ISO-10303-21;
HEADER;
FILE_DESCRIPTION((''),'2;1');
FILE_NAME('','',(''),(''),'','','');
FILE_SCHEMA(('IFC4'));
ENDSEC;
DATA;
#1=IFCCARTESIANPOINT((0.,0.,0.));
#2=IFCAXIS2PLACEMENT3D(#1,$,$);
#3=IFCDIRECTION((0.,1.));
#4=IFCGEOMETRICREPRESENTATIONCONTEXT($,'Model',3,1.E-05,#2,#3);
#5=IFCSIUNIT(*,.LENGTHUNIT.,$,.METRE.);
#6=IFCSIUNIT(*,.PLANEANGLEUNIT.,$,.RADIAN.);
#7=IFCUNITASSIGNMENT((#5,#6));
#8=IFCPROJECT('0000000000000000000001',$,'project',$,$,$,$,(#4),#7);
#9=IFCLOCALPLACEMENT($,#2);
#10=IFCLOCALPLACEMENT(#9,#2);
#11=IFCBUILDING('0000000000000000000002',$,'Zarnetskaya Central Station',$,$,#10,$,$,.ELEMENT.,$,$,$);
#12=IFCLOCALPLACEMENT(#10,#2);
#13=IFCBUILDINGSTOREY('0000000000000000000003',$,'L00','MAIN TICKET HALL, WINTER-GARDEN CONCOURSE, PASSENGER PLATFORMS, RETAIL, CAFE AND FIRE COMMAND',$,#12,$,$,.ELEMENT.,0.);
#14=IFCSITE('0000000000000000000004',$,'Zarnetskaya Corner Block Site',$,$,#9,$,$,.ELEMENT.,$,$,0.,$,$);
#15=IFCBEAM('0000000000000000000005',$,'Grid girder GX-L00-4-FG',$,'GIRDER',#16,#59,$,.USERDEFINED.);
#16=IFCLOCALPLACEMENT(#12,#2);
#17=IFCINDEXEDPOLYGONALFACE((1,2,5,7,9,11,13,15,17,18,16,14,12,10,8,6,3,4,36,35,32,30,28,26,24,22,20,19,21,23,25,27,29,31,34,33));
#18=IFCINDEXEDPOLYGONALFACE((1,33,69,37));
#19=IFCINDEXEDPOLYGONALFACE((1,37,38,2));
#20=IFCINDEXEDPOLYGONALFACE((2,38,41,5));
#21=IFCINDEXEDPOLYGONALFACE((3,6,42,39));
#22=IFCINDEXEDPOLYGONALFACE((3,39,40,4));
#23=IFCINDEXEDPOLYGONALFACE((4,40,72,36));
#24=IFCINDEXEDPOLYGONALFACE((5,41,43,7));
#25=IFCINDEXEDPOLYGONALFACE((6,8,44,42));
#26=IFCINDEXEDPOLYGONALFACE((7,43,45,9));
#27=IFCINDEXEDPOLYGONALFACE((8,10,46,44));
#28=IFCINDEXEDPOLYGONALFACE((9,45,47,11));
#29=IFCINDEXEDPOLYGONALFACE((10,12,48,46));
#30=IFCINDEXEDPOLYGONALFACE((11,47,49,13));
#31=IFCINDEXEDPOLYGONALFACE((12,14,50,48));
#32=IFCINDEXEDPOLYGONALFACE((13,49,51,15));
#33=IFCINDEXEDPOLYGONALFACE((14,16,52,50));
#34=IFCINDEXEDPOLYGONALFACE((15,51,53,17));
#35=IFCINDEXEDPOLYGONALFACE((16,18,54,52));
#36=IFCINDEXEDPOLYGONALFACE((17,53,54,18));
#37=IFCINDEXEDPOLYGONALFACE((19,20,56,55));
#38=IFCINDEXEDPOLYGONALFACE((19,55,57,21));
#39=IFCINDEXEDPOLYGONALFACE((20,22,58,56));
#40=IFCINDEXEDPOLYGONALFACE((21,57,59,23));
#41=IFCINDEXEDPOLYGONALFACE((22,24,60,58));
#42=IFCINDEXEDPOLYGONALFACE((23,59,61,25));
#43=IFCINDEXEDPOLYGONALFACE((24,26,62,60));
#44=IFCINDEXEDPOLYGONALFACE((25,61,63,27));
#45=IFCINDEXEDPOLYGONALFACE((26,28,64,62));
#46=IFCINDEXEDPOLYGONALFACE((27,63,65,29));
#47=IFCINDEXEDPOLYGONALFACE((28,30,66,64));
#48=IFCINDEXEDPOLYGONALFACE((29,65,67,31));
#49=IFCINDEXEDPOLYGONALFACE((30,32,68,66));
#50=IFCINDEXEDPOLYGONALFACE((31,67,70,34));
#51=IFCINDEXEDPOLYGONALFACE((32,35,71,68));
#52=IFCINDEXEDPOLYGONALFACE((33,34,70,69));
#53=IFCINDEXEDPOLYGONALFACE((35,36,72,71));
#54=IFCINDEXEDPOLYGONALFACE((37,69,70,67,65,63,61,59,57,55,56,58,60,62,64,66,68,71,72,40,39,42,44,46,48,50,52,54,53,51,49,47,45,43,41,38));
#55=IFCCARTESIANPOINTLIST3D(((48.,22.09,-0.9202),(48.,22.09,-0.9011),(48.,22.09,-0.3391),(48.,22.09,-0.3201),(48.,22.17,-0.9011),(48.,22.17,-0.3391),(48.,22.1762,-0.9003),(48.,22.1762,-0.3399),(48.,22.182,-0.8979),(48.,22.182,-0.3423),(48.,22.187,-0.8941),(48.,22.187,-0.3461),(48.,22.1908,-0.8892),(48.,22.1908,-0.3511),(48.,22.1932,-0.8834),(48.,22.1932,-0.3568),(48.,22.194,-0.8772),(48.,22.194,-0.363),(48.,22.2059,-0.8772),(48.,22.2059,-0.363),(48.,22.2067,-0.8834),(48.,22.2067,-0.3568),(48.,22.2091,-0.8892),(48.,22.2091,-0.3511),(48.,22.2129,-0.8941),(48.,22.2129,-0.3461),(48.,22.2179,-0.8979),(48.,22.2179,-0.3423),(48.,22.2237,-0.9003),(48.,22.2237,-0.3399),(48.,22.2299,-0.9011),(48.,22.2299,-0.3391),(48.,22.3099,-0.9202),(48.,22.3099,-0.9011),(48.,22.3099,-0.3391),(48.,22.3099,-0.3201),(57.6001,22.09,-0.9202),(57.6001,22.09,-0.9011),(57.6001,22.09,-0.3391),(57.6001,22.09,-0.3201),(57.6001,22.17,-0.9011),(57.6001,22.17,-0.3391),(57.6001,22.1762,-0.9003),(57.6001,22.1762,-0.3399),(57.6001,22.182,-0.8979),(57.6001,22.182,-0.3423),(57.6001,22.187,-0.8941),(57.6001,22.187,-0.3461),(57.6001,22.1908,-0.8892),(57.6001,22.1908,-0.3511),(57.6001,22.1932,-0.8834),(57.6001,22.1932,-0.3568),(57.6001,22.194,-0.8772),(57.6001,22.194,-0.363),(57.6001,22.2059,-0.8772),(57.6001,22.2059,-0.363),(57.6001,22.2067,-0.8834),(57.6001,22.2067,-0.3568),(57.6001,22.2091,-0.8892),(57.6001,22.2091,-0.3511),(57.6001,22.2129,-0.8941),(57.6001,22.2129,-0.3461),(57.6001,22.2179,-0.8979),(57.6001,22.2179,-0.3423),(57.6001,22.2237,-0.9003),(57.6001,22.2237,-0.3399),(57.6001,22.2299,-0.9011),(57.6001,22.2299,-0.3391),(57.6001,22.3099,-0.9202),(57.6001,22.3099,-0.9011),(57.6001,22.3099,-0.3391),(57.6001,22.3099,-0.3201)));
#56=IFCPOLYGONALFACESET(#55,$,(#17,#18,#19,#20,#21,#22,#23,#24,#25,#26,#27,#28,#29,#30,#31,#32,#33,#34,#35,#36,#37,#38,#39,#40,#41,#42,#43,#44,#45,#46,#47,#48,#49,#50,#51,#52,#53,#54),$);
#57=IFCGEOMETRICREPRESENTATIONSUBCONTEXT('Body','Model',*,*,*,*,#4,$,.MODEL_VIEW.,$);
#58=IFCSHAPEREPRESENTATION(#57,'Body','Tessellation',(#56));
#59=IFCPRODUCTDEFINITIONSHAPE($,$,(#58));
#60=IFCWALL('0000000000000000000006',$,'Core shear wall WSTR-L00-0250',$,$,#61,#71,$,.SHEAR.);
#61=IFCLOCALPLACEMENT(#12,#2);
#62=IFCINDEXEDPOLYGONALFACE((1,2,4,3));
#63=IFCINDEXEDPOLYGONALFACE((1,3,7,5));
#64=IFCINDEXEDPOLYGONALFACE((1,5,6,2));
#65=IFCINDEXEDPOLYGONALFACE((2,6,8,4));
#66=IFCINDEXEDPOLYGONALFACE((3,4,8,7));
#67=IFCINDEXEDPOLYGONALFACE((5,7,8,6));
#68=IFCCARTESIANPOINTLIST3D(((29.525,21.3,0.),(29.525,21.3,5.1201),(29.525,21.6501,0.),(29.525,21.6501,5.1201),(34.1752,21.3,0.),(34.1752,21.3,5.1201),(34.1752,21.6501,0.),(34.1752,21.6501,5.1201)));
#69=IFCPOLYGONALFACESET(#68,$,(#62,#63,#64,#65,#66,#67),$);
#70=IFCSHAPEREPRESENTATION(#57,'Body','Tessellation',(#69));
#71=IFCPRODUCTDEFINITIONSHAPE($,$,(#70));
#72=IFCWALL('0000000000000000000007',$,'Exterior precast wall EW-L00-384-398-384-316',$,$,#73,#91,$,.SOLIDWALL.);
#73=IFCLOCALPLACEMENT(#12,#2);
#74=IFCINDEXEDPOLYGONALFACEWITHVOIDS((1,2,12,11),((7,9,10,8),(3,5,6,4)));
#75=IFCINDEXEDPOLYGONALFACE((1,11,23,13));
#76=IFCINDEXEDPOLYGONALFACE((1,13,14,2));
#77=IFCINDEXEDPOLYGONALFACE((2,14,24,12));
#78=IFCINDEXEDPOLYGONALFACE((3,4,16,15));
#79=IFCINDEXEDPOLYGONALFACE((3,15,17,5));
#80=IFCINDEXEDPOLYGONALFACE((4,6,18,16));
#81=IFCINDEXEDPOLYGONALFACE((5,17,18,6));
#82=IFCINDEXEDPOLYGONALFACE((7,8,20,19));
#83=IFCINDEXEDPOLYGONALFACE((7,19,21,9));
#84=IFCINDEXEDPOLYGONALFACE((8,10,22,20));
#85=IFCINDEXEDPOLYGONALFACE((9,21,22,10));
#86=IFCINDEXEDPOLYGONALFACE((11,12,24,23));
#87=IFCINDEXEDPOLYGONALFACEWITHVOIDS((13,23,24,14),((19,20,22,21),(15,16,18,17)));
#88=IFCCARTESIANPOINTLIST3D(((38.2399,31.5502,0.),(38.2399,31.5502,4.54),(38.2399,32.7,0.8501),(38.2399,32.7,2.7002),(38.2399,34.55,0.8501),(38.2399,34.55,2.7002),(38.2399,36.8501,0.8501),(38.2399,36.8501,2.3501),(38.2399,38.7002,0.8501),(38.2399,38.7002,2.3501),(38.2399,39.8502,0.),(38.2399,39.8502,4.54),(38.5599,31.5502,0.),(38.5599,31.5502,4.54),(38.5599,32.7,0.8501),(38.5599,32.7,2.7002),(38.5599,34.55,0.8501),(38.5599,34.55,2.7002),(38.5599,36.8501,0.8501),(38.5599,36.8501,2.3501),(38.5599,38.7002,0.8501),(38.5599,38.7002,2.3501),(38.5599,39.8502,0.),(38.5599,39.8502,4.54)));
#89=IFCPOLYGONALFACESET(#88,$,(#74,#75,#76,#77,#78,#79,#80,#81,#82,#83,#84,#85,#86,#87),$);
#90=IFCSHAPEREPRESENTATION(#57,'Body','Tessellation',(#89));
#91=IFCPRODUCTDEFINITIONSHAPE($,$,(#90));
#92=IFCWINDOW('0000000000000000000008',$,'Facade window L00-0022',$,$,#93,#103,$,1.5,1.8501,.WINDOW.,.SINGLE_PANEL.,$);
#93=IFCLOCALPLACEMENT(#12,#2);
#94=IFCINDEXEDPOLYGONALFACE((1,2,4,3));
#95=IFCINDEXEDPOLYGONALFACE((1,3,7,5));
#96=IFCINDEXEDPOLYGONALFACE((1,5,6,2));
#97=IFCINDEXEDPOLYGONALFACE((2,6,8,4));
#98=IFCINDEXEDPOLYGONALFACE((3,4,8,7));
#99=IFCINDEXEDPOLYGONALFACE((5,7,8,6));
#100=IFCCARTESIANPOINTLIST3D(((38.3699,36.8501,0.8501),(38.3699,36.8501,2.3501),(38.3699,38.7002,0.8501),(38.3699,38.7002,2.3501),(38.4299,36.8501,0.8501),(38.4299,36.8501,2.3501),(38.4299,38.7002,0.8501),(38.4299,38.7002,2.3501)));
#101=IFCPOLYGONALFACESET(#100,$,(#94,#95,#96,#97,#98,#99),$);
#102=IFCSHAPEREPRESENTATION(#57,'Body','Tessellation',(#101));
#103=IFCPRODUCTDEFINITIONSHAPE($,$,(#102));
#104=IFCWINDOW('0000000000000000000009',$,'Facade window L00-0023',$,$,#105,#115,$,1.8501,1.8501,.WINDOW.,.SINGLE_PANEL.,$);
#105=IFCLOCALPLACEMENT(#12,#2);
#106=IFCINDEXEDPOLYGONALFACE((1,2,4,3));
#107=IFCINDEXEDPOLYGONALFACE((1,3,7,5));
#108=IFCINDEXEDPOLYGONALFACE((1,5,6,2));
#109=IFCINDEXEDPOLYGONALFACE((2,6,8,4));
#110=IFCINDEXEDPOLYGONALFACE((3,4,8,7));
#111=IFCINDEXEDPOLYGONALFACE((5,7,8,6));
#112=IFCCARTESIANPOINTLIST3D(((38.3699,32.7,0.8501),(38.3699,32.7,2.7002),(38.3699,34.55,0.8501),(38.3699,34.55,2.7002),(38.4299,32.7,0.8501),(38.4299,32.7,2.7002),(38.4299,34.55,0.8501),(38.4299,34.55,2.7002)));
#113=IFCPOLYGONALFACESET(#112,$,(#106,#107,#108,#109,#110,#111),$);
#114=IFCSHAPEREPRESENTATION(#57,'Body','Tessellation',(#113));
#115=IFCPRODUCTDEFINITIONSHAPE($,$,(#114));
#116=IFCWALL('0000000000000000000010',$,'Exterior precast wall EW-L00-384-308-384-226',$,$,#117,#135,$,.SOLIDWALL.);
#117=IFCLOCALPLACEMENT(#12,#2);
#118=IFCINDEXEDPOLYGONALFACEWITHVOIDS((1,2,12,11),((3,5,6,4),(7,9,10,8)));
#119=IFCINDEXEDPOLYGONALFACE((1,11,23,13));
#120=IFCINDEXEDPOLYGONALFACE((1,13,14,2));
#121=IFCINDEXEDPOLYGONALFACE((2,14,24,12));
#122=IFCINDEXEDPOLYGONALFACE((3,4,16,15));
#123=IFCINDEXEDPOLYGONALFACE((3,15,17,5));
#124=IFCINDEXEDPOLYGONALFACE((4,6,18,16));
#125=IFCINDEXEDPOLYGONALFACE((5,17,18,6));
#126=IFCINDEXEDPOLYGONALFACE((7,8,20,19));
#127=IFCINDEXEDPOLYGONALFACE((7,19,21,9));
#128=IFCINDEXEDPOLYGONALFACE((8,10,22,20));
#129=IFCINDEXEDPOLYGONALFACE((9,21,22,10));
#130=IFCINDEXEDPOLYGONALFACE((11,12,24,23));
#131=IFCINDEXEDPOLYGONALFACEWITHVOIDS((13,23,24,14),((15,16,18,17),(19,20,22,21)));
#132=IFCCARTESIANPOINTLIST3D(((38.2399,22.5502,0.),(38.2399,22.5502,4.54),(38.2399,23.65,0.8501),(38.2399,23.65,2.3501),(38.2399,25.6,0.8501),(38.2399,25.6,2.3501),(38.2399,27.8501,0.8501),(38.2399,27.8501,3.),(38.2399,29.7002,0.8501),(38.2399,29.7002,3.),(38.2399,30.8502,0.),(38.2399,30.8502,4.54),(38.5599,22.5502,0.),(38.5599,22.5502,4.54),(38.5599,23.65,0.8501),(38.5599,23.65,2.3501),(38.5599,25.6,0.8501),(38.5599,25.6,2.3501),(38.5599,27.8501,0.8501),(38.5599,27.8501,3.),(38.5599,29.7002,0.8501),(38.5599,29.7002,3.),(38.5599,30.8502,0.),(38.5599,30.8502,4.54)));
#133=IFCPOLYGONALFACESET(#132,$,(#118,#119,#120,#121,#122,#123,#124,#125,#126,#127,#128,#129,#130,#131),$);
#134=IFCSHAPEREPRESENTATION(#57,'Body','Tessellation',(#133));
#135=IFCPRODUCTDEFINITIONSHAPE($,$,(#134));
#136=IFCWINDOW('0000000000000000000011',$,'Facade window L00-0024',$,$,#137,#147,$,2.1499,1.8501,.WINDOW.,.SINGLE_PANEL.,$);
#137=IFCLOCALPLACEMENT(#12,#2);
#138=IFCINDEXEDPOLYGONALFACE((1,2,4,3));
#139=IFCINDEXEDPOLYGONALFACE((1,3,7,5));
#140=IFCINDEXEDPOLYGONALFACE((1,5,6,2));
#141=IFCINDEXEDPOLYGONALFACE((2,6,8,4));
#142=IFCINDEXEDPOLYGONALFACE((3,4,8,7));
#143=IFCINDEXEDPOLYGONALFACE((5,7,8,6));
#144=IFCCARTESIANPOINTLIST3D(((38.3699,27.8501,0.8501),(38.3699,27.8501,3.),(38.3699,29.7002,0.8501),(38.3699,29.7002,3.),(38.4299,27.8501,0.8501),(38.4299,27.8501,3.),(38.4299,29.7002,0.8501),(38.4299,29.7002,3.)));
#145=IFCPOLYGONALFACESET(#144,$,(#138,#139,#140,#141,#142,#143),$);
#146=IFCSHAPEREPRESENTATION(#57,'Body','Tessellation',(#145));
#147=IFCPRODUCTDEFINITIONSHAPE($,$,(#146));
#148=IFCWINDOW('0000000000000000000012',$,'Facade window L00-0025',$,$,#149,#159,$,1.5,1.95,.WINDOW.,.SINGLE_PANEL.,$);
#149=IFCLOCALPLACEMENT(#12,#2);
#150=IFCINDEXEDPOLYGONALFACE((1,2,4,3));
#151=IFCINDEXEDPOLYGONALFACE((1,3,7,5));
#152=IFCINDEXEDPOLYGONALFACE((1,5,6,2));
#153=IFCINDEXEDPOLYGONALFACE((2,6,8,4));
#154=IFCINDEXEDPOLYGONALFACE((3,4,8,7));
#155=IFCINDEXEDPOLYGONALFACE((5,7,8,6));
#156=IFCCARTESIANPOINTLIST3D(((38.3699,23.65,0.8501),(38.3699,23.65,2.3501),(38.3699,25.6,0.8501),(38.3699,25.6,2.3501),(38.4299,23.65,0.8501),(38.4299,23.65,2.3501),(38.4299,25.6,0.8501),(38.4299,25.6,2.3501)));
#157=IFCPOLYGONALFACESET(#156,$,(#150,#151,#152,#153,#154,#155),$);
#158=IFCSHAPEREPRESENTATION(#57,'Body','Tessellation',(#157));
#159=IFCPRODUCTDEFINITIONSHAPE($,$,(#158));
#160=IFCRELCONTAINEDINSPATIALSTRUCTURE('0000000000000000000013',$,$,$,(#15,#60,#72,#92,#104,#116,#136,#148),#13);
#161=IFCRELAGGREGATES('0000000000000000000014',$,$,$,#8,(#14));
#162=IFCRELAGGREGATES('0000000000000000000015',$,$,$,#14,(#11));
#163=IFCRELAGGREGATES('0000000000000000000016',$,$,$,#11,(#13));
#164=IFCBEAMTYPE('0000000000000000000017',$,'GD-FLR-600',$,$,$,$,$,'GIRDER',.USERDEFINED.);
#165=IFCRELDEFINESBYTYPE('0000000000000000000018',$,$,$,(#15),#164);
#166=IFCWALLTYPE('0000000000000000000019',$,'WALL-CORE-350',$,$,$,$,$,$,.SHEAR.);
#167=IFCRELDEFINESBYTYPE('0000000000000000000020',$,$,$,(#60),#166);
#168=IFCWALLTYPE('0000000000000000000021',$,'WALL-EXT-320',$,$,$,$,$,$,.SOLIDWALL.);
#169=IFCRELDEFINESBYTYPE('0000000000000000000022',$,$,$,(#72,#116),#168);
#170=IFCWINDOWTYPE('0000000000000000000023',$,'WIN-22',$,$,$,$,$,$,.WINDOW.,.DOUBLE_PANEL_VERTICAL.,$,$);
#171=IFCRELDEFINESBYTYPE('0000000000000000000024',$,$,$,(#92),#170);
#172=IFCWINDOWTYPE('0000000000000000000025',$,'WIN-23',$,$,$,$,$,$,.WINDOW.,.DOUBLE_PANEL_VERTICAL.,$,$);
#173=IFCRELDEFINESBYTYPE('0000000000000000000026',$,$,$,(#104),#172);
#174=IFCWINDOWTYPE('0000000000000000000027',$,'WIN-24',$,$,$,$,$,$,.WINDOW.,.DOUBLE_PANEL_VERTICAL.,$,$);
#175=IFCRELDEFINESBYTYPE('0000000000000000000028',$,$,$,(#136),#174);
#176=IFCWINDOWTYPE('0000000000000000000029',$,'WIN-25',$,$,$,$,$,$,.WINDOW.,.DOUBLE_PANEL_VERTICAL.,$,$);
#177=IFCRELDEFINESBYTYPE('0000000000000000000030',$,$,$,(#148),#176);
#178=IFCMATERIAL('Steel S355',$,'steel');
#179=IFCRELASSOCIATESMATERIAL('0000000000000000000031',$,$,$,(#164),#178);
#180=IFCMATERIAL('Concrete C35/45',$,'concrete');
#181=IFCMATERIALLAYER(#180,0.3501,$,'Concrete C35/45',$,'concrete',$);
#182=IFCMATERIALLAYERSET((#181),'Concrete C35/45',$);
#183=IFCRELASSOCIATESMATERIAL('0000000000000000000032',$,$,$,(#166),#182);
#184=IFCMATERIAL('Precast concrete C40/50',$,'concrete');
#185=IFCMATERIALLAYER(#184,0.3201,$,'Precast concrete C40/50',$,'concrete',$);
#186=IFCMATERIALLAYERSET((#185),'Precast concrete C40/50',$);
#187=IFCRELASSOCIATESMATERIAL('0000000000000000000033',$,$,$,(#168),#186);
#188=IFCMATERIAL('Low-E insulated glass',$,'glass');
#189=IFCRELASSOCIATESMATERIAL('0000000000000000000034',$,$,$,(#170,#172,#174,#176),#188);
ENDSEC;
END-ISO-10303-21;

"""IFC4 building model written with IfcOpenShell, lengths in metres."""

from ifc_helpers import new_model, si_unit, direction, frame, frame_2d, origin, origin_2d, place, context, subcontext, project, spatial, rectangle, i_section, extrude, material, layer, layer_set, material_profile, profile_set, type_object, element, fill, save


model = new_model("IFC4")

# Units and contexts
model_context = context("Model", 3, precision=1e-05, world=origin(), true_north=direction((0.0, 1.0)))
body_context = subcontext(model_context, "Body", "Model", "MODEL_VIEW")
ifc_project = project(units=[si_unit("LENGTHUNIT", "METRE"), si_unit("PLANEANGLEUNIT", "RADIAN")], contexts=[model_context])

# Site, building, storey
site_placement = place(None, origin())
site = spatial("IfcSite", under=ifc_project, at=site_placement, Name="Zarnetskaya Corner Block Site", CompositionType="ELEMENT", RefElevation=0.0)
building_placement = place(site_placement, origin())
building = spatial("IfcBuilding", under=site, at=building_placement, Name="Zarnetskaya Central Station", CompositionType="ELEMENT")
storey_placement = place(building_placement, origin())
storey = spatial("IfcBuildingStorey", under=building, at=storey_placement, Name="L00", Description="MAIN TICKET HALL, WINTER-GARDEN CONCOURSE, PASSENGER PLATFORMS, RETAIL, CAFE AND FIRE COMMAND", CompositionType="ELEMENT", Elevation=0.0)

# Shared definitions
ifc_material_1 = material(Name="Steel S355", Category="steel")

# Beam
ifc_material_profile_1 = material_profile(ifc_material_1, i_section(OverallWidth=0.22, OverallDepth=0.6001, WebThickness=0.012, FlangeThickness=0.019, FilletRadius=0.0239, at=origin_2d()), Name="IPE 600")
ifc_profile_set_1 = profile_set([ifc_material_profile_1], Name="Steel S355")
beam_type_1 = type_object("IfcBeamType", Name="GD-FLR-600", ElementType="GIRDER", PredefinedType="USERDEFINED", material=ifc_profile_set_1)
for number, where, z_axis, x_axis, name in (
    (1, (48.0, 22.2, -0.6201), (1.0, 0.0, 0.0), (0.0, 1.0, 0.0), "Grid girder GX-L00-4-FG"),
):
    element("IfcBeam", number, at=place(storey_placement, frame(where, z_axis=z_axis, x_axis=x_axis)), inside=storey, type_object=beam_type_1, Name=name, ObjectType="GIRDER", PredefinedType="USERDEFINED", context=body_context, shape_type="SweptSolid", body=[
        extrude(i_section(OverallWidth=0.22, OverallDepth=0.6001, WebThickness=0.012, FlangeThickness=0.019, FilletRadius=0.0239, at=origin_2d()), origin(), (0.0, 0.0, 1.0), 9.6001),
    ])

# Wall
ifc_material_2 = material(Name="Concrete C35/45", Category="concrete")
ifc_layer_1 = layer(ifc_material_2, 0.3501, Name="Concrete C35/45", Category="concrete")
ifc_layer_set_1 = layer_set([ifc_layer_1], Name="Concrete C35/45")
wall_type_1 = type_object("IfcWallType", Name="WALL-CORE-350", PredefinedType="SHEAR", material=ifc_layer_set_1)
wall_1_placement = place(storey_placement, frame((29.5249, 21.4751, 0.0), z_axis=(0.0, 0.0, 1.0), x_axis=(1.0, 0.0, 0.0)))
element("IfcWall", 2, at=wall_1_placement, inside=storey, type_object=wall_type_1, Name="Core shear wall WSTR-L00-0250", PredefinedType="SHEAR", context=body_context, shape_type="SweptSolid", body=[
    extrude(rectangle(XDim=4.6501, YDim=0.3501, at=frame_2d((2.3252, 0.0))), origin(), (0.0, 0.0, 1.0), 5.1201),
])

# Walls, openings, windows
ifc_material_3 = material(Name="Precast concrete C40/50", Category="concrete")
ifc_layer_2 = layer(ifc_material_3, 0.3201, Name="Precast concrete C40/50", Category="concrete")
ifc_layer_set_2 = layer_set([ifc_layer_2], Name="Precast concrete C40/50")
wall_type_2 = type_object("IfcWallType", Name="WALL-EXT-320", PredefinedType="SOLIDWALL", material=ifc_layer_set_2)
wall_2_placement = place(storey_placement, frame((38.3999, 39.8501, 0.0), z_axis=(0.0, 0.0, 1.0), x_axis=(0.0, -1.0, 0.0)))
wall_2 = element("IfcWall", 3, at=wall_2_placement, inside=storey, type_object=wall_type_2, Name="Exterior precast wall EW-L00-384-398-384-316", PredefinedType="SOLIDWALL", context=body_context, shape_type="SweptSolid", body=[
    extrude(rectangle(XDim=8.3, YDim=0.3201, at=frame_2d((4.1499, 0.0))), origin(), (0.0, 0.0, 1.0), 4.54),
])
opening_1_placement = place(wall_2_placement, frame((1.1499, 0.0, 0.8501)))
opening_1 = element("IfcOpeningElement", 4, at=opening_1_placement, cuts=wall_2, PredefinedType="OPENING", context=body_context, shape_type="SweptSolid", body=[
    extrude(rectangle(XDim=1.8501, YDim=1.5, at=frame_2d((0.925, 0.75))), frame((0.0, 0.1699, 0.0), z_axis=(0.0, -1.0, 0.0), x_axis=(1.0, 0.0, 0.0)), (0.0, 0.0, 1.0), 0.3401),
])
opening_2_placement = place(wall_2_placement, frame((5.3, 0.0, 0.8501)))
opening_2 = element("IfcOpeningElement", 5, at=opening_2_placement, cuts=wall_2, PredefinedType="OPENING", context=body_context, shape_type="SweptSolid", body=[
    extrude(rectangle(XDim=1.8501, YDim=1.8501, at=frame_2d((0.925, 0.925))), frame((0.0, 0.1699, 0.0), z_axis=(0.0, -1.0, 0.0), x_axis=(1.0, 0.0, 0.0)), (0.0, 0.0, 1.0), 0.3401),
])
ifc_material_4 = material(Name="Low-E insulated glass", Category="glass")
window_type_1 = type_object("IfcWindowType", Name="WIN-22", PartitioningType="DOUBLE_PANEL_VERTICAL", PredefinedType="WINDOW", material=ifc_material_4)
window_1_placement = place(opening_1_placement, origin())
window_1 = element("IfcWindow", 6, at=window_1_placement, inside=storey, type_object=window_type_1, Name="Facade window L00-0022", OverallHeight=1.5, OverallWidth=1.8501, PartitioningType="SINGLE_PANEL", PredefinedType="WINDOW", context=body_context, shape_type="SweptSolid", body=[
    extrude(rectangle(XDim=1.8501, YDim=1.5, at=frame_2d((0.925, 0.75))), frame((0.0, 0.03, 0.0), z_axis=(0.0, -1.0, 0.0), x_axis=(1.0, 0.0, 0.0)), (0.0, 0.0, 1.0), 0.0601),
])
fill(opening_1, window_1)
window_type_2 = type_object("IfcWindowType", Name="WIN-23", PartitioningType="DOUBLE_PANEL_VERTICAL", PredefinedType="WINDOW", material=ifc_material_4)
window_2_placement = place(opening_2_placement, origin())
window_2 = element("IfcWindow", 7, at=window_2_placement, inside=storey, type_object=window_type_2, Name="Facade window L00-0023", OverallHeight=1.8501, OverallWidth=1.8501, PartitioningType="SINGLE_PANEL", PredefinedType="WINDOW", context=body_context, shape_type="SweptSolid", body=[
    extrude(rectangle(XDim=1.8501, YDim=1.8501, at=frame_2d((0.925, 0.925))), frame((0.0, 0.03, 0.0), z_axis=(0.0, -1.0, 0.0), x_axis=(1.0, 0.0, 0.0)), (0.0, 0.0, 1.0), 0.0601),
])
fill(opening_2, window_2)
wall_3_placement = place(storey_placement, frame((38.3999, 30.8501, 0.0), z_axis=(0.0, 0.0, 1.0), x_axis=(0.0, -1.0, 0.0)))
wall_3 = element("IfcWall", 8, at=wall_3_placement, inside=storey, type_object=wall_type_2, Name="Exterior precast wall EW-L00-384-308-384-226", PredefinedType="SOLIDWALL", context=body_context, shape_type="SweptSolid", body=[
    extrude(rectangle(XDim=8.3, YDim=0.3201, at=frame_2d((4.1499, 0.0))), origin(), (0.0, 0.0, 1.0), 4.54),
])
opening_3_placement = place(wall_3_placement, frame((1.1499, 0.0, 0.8501)))
opening_3 = element("IfcOpeningElement", 9, at=opening_3_placement, cuts=wall_3, PredefinedType="OPENING", context=body_context, shape_type="SweptSolid", body=[
    extrude(rectangle(XDim=1.8501, YDim=2.1499, at=frame_2d((0.925, 1.075))), frame((0.0, 0.1699, 0.0), z_axis=(0.0, -1.0, 0.0), x_axis=(1.0, 0.0, 0.0)), (0.0, 0.0, 1.0), 0.3401),
])
opening_4_placement = place(wall_3_placement, frame((5.25, 0.0, 0.8501)))
opening_4 = element("IfcOpeningElement", 10, at=opening_4_placement, cuts=wall_3, PredefinedType="OPENING", context=body_context, shape_type="SweptSolid", body=[
    extrude(rectangle(XDim=1.95, YDim=1.5, at=frame_2d((0.9751, 0.75))), frame((0.0, 0.1699, 0.0), z_axis=(0.0, -1.0, 0.0), x_axis=(1.0, 0.0, 0.0)), (0.0, 0.0, 1.0), 0.3401),
])
window_type_3 = type_object("IfcWindowType", Name="WIN-24", PartitioningType="DOUBLE_PANEL_VERTICAL", PredefinedType="WINDOW", material=ifc_material_4)
window_3_placement = place(opening_3_placement, origin())
window_3 = element("IfcWindow", 11, at=window_3_placement, inside=storey, type_object=window_type_3, Name="Facade window L00-0024", OverallHeight=2.1499, OverallWidth=1.8501, PartitioningType="SINGLE_PANEL", PredefinedType="WINDOW", context=body_context, shape_type="SweptSolid", body=[
    extrude(rectangle(XDim=1.8501, YDim=2.1499, at=frame_2d((0.925, 1.075))), frame((0.0, 0.03, 0.0), z_axis=(0.0, -1.0, 0.0), x_axis=(1.0, 0.0, 0.0)), (0.0, 0.0, 1.0), 0.0601),
])
fill(opening_3, window_3)
window_type_4 = type_object("IfcWindowType", Name="WIN-25", PartitioningType="DOUBLE_PANEL_VERTICAL", PredefinedType="WINDOW", material=ifc_material_4)
window_4_placement = place(opening_4_placement, origin())
window_4 = element("IfcWindow", 12, at=window_4_placement, inside=storey, type_object=window_type_4, Name="Facade window L00-0025", OverallHeight=1.5, OverallWidth=1.95, PartitioningType="SINGLE_PANEL", PredefinedType="WINDOW", context=body_context, shape_type="SweptSolid", body=[
    extrude(rectangle(XDim=1.95, YDim=1.5, at=frame_2d((0.9751, 0.75))), frame((0.0, 0.03, 0.0), z_axis=(0.0, -1.0, 0.0), x_axis=(1.0, 0.0, 0.0)), (0.0, 0.0, 1.0), 0.0601),
])
fill(opening_4, window_4)

save(model, "model.ifc")
